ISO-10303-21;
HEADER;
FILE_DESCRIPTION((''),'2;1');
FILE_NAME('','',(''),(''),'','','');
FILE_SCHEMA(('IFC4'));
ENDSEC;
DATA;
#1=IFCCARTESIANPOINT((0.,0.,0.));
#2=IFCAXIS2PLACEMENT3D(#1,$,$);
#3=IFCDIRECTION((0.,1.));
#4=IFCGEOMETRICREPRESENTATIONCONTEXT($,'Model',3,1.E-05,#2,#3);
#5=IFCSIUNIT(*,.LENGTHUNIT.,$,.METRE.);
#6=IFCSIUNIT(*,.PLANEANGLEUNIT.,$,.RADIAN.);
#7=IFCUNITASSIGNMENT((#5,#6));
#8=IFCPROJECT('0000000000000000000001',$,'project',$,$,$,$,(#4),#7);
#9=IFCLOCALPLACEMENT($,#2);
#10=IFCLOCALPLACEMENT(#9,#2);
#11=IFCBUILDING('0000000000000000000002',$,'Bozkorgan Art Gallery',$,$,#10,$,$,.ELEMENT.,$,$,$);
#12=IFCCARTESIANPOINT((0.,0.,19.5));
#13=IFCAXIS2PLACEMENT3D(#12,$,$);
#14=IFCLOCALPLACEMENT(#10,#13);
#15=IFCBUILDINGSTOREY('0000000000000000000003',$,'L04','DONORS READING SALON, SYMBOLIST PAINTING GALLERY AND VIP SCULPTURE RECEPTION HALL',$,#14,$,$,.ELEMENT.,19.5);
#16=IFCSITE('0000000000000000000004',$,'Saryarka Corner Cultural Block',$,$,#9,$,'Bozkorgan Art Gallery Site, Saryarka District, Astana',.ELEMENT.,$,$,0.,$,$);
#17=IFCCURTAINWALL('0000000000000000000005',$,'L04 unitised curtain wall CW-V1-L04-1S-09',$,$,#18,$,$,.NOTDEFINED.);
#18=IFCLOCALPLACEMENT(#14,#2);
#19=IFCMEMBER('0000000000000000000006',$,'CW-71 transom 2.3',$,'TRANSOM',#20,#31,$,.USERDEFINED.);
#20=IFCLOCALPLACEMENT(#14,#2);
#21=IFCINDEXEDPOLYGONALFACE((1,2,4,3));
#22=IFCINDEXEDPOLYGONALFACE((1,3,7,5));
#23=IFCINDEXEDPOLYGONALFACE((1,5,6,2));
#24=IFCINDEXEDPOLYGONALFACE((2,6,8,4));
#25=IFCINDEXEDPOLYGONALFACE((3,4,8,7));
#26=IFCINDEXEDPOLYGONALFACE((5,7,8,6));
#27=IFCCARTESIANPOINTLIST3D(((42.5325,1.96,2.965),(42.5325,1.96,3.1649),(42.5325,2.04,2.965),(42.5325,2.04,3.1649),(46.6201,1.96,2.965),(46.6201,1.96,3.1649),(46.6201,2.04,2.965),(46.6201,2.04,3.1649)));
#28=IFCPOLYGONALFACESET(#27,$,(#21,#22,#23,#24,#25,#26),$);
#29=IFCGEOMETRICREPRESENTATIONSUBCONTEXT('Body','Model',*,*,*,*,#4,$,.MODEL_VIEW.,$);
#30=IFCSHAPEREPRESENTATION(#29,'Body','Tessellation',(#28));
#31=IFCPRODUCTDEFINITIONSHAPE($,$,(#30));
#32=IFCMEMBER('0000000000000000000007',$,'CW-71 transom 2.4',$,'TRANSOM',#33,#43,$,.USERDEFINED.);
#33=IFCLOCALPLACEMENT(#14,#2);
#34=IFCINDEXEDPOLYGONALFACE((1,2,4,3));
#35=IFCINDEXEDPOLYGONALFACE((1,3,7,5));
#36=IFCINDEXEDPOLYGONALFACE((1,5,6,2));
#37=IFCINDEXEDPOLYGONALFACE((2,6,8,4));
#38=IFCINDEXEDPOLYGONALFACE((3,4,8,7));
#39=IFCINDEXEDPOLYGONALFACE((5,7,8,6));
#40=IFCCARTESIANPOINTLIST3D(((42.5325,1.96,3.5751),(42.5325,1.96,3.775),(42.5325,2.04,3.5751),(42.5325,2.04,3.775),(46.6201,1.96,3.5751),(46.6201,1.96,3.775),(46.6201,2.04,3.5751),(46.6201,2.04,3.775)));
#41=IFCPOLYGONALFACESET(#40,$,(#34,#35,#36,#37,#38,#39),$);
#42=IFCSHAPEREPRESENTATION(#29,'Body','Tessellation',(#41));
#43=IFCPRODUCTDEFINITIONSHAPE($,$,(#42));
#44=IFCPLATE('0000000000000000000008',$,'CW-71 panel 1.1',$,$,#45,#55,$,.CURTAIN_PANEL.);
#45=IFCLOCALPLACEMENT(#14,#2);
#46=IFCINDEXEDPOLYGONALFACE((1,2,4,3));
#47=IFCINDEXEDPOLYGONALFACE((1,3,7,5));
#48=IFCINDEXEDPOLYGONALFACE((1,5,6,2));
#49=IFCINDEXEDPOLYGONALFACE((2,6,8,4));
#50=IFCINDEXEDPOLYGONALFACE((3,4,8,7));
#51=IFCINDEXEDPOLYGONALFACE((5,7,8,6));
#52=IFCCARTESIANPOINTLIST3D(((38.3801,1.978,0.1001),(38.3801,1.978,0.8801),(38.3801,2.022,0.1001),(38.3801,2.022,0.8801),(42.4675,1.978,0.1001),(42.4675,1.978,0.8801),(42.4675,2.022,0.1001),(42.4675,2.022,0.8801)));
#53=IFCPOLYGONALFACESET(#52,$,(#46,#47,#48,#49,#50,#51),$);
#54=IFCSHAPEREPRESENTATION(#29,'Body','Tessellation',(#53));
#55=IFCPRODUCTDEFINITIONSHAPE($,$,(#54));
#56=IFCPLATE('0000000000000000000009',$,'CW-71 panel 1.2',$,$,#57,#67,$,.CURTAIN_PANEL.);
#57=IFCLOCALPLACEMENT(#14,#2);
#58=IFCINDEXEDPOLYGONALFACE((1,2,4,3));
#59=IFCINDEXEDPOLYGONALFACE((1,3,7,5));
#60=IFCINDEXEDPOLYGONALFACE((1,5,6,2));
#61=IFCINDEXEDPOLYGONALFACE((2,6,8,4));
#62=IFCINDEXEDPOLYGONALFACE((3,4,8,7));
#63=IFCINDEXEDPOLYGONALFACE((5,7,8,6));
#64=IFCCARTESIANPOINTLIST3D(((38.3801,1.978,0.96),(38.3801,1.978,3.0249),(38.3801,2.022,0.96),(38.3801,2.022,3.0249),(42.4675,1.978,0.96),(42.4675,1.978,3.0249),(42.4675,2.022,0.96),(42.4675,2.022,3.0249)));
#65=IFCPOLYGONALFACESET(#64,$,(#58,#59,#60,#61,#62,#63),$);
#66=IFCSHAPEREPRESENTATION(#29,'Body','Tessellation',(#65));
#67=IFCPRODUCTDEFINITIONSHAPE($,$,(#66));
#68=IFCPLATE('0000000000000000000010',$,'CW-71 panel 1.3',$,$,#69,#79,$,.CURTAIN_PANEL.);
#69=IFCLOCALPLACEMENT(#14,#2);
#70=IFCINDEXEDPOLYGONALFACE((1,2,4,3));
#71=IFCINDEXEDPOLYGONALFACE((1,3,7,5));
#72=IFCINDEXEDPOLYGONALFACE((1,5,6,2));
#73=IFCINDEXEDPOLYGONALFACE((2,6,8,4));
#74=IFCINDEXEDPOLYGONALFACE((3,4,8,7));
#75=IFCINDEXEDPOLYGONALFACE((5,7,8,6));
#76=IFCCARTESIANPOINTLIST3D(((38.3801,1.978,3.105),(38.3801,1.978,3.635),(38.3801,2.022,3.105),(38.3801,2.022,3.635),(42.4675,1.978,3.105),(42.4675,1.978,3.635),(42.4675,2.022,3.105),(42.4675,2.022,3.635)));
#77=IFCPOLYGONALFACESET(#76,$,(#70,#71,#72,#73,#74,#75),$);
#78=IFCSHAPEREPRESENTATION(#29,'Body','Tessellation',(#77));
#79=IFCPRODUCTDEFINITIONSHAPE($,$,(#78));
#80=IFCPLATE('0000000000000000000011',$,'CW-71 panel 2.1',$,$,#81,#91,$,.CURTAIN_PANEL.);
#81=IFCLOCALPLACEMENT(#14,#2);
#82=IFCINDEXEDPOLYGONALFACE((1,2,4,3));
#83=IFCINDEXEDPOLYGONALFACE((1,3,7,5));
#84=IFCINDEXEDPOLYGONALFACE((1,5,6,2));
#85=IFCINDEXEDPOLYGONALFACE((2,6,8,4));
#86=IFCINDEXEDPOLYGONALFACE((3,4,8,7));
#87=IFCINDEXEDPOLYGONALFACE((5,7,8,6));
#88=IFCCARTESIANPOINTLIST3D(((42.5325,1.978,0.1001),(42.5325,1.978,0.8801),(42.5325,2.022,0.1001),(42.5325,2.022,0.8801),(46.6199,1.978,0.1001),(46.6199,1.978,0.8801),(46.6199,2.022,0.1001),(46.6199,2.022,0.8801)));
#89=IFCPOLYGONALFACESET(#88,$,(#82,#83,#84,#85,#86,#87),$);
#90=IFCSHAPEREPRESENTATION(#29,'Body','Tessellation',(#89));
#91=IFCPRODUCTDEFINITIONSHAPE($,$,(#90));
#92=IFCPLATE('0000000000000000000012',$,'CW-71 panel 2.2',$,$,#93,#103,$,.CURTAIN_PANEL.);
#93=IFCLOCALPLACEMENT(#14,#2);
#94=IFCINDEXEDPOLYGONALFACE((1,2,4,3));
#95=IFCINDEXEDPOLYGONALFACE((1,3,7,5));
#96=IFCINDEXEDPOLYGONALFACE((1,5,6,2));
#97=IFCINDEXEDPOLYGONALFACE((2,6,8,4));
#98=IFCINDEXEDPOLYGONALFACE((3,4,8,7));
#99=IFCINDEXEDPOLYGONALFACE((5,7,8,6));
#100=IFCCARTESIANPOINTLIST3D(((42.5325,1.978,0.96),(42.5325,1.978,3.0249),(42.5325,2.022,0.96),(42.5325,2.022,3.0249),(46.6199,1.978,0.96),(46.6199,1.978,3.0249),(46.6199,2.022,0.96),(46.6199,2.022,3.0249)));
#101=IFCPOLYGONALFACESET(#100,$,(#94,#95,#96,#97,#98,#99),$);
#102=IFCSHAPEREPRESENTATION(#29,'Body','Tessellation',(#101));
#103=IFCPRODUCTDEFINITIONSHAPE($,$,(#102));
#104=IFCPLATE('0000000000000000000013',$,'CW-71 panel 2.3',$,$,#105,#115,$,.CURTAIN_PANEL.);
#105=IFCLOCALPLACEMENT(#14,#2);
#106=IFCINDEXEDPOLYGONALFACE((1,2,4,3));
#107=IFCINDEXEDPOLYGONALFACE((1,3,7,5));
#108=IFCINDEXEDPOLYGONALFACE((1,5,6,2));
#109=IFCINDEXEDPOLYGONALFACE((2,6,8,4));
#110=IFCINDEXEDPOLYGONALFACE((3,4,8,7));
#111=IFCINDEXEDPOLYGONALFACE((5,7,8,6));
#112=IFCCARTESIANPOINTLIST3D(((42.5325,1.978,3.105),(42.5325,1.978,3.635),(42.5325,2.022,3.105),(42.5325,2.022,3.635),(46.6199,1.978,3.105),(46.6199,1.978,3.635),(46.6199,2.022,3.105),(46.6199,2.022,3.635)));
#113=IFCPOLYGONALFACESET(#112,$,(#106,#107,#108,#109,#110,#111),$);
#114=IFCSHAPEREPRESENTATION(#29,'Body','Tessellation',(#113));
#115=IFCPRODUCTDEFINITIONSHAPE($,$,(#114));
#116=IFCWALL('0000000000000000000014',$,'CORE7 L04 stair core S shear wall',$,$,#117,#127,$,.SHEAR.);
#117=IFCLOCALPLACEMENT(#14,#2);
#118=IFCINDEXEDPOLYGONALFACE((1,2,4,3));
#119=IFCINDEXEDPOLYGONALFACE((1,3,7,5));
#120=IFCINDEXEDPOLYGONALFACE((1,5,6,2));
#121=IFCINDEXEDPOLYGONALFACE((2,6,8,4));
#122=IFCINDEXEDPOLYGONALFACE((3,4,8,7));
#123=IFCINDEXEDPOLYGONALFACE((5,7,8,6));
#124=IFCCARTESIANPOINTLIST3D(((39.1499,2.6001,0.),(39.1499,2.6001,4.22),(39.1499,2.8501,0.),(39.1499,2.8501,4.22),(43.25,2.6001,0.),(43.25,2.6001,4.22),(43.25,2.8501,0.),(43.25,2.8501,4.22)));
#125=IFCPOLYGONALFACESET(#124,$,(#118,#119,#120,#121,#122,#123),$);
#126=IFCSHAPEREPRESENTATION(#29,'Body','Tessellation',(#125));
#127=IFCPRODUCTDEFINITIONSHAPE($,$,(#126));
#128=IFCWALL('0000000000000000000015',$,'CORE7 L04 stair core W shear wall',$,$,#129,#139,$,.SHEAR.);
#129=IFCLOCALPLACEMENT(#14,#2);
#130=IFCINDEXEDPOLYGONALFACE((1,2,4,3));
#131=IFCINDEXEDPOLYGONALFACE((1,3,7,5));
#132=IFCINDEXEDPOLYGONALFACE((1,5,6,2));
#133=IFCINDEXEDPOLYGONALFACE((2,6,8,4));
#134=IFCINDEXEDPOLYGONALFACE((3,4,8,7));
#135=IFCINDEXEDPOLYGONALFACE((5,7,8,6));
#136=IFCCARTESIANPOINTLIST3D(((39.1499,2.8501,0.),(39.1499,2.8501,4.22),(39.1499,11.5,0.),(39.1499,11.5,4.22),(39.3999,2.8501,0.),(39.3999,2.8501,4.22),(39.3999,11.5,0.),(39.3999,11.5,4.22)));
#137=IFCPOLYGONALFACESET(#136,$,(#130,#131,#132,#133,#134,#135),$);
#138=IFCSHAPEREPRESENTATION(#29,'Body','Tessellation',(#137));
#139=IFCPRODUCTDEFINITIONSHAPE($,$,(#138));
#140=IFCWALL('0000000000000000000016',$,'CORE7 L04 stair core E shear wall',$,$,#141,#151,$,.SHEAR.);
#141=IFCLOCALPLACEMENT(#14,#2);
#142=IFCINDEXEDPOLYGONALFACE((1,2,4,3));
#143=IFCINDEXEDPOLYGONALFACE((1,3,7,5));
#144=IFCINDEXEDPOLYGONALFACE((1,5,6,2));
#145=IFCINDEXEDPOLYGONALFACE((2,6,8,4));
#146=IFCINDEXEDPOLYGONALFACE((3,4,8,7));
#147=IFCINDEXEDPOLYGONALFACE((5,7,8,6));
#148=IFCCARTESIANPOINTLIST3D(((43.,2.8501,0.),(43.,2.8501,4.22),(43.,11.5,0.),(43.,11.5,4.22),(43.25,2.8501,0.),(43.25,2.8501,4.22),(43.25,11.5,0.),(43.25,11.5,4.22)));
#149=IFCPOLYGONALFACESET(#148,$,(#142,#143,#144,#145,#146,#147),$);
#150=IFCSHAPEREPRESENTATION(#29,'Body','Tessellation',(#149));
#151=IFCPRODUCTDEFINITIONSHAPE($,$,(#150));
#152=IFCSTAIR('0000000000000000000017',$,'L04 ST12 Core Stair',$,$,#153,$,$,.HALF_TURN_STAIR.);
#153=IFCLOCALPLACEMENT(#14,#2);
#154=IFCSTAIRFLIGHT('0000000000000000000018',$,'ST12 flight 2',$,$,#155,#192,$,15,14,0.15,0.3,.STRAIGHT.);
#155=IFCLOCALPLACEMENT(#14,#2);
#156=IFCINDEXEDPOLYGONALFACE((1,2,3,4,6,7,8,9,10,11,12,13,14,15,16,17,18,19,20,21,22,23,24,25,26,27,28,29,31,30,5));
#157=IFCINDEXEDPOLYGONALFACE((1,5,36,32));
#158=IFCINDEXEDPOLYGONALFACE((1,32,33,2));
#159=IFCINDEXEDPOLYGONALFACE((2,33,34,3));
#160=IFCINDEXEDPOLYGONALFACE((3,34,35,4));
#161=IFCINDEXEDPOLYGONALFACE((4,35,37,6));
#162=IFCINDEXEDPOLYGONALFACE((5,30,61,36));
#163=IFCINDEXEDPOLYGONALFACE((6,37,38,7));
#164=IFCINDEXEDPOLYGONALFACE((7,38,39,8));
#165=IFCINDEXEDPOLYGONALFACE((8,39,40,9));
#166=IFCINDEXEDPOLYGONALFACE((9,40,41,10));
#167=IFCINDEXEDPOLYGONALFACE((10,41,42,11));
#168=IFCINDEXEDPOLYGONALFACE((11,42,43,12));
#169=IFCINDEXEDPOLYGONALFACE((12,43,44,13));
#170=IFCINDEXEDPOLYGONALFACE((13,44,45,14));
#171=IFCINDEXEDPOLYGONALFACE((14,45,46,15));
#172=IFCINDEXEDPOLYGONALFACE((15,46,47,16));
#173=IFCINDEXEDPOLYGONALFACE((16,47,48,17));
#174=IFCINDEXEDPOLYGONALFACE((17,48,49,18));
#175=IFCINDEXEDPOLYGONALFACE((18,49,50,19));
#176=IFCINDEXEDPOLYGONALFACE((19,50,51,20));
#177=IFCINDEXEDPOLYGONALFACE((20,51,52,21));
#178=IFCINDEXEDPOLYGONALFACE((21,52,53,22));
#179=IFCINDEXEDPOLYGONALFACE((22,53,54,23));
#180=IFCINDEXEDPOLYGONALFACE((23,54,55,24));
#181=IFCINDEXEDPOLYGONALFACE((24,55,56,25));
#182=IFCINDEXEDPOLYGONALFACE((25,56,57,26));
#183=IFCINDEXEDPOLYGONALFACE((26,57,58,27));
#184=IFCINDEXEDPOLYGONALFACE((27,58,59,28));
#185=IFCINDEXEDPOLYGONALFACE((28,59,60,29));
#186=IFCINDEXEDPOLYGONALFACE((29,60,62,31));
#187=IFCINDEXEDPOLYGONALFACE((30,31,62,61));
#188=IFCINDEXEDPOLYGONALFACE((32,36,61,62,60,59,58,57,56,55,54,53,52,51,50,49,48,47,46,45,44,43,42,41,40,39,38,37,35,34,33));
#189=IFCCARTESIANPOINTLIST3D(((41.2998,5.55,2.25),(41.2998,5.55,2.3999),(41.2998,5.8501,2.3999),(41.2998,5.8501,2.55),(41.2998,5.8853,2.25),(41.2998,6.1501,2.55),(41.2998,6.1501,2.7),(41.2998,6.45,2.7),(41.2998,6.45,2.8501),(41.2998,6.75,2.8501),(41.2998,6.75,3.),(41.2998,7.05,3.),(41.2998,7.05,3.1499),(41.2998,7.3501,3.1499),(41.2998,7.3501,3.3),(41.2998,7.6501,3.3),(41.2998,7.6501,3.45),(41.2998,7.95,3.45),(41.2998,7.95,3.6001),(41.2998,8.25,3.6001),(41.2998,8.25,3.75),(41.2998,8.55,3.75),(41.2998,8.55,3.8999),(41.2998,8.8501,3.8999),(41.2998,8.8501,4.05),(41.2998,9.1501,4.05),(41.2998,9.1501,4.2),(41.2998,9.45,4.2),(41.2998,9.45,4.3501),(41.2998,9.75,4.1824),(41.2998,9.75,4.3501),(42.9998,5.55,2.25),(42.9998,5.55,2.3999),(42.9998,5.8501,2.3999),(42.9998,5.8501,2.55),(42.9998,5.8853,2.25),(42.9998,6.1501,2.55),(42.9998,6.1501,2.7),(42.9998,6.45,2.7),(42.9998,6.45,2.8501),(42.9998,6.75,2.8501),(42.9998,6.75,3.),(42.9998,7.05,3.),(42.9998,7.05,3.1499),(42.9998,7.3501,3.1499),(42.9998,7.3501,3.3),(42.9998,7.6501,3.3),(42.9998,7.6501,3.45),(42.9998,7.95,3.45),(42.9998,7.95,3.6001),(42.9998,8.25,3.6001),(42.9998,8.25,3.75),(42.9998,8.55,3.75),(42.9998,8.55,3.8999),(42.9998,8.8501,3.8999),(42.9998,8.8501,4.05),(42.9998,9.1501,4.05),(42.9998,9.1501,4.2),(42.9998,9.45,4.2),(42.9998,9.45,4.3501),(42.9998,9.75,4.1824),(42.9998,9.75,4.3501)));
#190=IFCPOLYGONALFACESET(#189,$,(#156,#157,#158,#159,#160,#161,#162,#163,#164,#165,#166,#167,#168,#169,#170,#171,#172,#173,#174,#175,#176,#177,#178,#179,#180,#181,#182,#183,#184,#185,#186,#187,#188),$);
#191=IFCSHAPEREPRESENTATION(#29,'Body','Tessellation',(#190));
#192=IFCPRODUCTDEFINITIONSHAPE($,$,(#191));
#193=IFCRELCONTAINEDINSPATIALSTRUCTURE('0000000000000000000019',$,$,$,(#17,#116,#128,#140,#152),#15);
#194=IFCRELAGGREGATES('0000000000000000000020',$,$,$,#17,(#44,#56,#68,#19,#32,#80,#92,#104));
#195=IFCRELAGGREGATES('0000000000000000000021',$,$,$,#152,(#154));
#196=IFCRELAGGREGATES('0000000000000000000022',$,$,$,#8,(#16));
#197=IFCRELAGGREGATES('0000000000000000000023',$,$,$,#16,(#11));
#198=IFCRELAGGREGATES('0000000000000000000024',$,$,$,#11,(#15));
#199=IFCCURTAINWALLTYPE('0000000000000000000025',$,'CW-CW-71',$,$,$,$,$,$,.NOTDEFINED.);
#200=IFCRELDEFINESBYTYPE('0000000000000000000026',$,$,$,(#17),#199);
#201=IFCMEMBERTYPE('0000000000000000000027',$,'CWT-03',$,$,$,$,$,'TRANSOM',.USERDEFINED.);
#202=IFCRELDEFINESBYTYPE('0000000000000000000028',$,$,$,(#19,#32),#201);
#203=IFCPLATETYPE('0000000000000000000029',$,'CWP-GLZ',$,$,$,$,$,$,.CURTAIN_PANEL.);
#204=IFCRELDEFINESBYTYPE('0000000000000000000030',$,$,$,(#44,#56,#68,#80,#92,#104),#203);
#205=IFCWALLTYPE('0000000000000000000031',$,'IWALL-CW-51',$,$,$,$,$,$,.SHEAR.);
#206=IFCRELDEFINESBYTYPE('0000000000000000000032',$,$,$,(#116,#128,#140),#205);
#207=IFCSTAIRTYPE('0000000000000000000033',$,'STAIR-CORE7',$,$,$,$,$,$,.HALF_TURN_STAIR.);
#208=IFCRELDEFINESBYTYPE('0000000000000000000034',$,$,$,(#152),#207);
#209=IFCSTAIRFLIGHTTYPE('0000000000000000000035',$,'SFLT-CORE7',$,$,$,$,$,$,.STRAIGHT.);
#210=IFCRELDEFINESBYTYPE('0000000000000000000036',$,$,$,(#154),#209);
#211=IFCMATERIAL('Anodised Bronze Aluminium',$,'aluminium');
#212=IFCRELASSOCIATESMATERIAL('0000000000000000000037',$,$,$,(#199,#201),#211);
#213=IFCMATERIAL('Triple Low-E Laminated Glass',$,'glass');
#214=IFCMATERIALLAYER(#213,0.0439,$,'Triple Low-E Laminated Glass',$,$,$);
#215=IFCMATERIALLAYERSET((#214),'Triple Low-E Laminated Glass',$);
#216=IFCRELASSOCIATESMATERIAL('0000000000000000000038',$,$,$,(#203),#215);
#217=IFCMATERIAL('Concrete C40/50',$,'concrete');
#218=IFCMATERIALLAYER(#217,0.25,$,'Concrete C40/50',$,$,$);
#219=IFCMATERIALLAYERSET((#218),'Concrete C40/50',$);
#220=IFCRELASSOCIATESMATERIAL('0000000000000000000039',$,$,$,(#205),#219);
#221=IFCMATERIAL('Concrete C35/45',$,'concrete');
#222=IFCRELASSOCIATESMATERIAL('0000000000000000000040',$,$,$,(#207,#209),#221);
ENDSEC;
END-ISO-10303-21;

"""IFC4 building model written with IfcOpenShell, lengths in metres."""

from ifc_helpers import new_model, si_unit, direction, frame, frame_2d, origin, origin_2d, place, context, subcontext, project, spatial, polyline, rectangle, outline, extrude, material, layer, layer_set, material_profile, profile_set, type_object, element, aggregate, save


model = new_model("IFC4")

# Units and contexts
model_context = context("Model", 3, precision=1e-05, world=origin(), true_north=direction((0.0, 1.0)))
body_context = subcontext(model_context, "Body", "Model", "MODEL_VIEW")
ifc_project = project(units=[si_unit("LENGTHUNIT", "METRE"), si_unit("PLANEANGLEUNIT", "RADIAN")], contexts=[model_context])

# Site, building, storey
site_placement = place(None, origin())
site = spatial("IfcSite", under=ifc_project, at=site_placement, Name="Saryarka Corner Cultural Block", LongName="Bozkorgan Art Gallery Site, Saryarka District, Astana", CompositionType="ELEMENT", RefElevation=0.0)
building_placement = place(site_placement, origin())
building = spatial("IfcBuilding", under=site, at=building_placement, Name="Bozkorgan Art Gallery", CompositionType="ELEMENT")
storey_placement = place(building_placement, frame((0.0, 0.0, 19.5)))
storey = spatial("IfcBuildingStorey", under=building, at=storey_placement, Name="L04", Description="DONORS READING SALON, SYMBOLIST PAINTING GALLERY AND VIP SCULPTURE RECEPTION HALL", CompositionType="ELEMENT", Elevation=19.5)

# Shared definitions
ifc_material_1 = material(Name="Concrete C40/50", Category="concrete")

# Curtain wall, members, plates
ifc_material_2 = material(Name="Anodised Bronze Aluminium", Category="aluminium")
curtain_wall_type = type_object("IfcCurtainWallType", Name="CW-CW-71", PredefinedType="NOTDEFINED", material=ifc_material_2)
curtain_wall_placement = place(storey_placement, origin())
curtain_wall = element("IfcCurtainWall", 1, at=curtain_wall_placement, inside=storey, type_object=curtain_wall_type, Name="L04 unitised curtain wall CW-V1-L04-1S-09", PredefinedType="NOTDEFINED")
ifc_material_profile_1 = material_profile(ifc_material_2, rectangle(XDim=0.0801, YDim=0.2, at=origin_2d()), Name="ALU TRANSOM 80x200")
ifc_profile_set_1 = profile_set([ifc_material_profile_1], Name="Anodised Bronze Aluminium")
member_type_1 = type_object("IfcMemberType", Name="CWT-03", ElementType="TRANSOM", PredefinedType="USERDEFINED", material=ifc_profile_set_1)
member_1_placement = place(storey_placement, frame((42.5325, 2.0, 3.0649), z_axis=(1.0, 0.0, 0.0), x_axis=(0.0, 1.0, 0.0)))
member_1 = element("IfcMember", 2, at=member_1_placement, type_object=member_type_1, Name="CW-71 transom 2.3", ObjectType="TRANSOM", PredefinedType="USERDEFINED", context=body_context, shape_type="SweptSolid", body=[
    extrude(rectangle(XDim=0.0801, YDim=0.2, at=origin_2d()), origin(), (0.0, 0.0, 1.0), 4.0876),
])
member_2_placement = place(storey_placement, frame((42.5325, 2.0, 3.675), z_axis=(1.0, 0.0, 0.0), x_axis=(0.0, 1.0, 0.0)))
member_2 = element("IfcMember", 3, at=member_2_placement, type_object=member_type_1, Name="CW-71 transom 2.4", ObjectType="TRANSOM", PredefinedType="USERDEFINED", context=body_context, shape_type="SweptSolid", body=[
    extrude(rectangle(XDim=0.0801, YDim=0.2, at=origin_2d()), origin(), (0.0, 0.0, 1.0), 4.0876),
])
ifc_material_3 = material(Name="Triple Low-E Laminated Glass", Category="glass")
ifc_layer_1 = layer(ifc_material_3, 0.0439, Name="Triple Low-E Laminated Glass")
ifc_layer_set_1 = layer_set([ifc_layer_1], Name="Triple Low-E Laminated Glass")
plate_type = type_object("IfcPlateType", Name="CWP-GLZ", PredefinedType="CURTAIN_PANEL", material=ifc_layer_set_1)
plate_1_placement = place(storey_placement, frame((40.4238, 2.0, 0.1001), z_axis=(0.0, 0.0, 1.0), x_axis=(1.0, 0.0, 0.0)))
plate_1 = element("IfcPlate", 4, at=plate_1_placement, type_object=plate_type, Name="CW-71 panel 1.1", PredefinedType="CURTAIN_PANEL", context=body_context, shape_type="SweptSolid", body=[
    extrude(rectangle(XDim=4.0874, YDim=0.0439, at=origin_2d()), origin(), (0.0, 0.0, 1.0), 0.78),
])
plate_2_placement = place(storey_placement, frame((40.4238, 2.0, 0.96), z_axis=(0.0, 0.0, 1.0), x_axis=(1.0, 0.0, 0.0)))
plate_2 = element("IfcPlate", 5, at=plate_2_placement, type_object=plate_type, Name="CW-71 panel 1.2", PredefinedType="CURTAIN_PANEL", context=body_context, shape_type="SweptSolid", body=[
    extrude(rectangle(XDim=4.0874, YDim=0.0439, at=origin_2d()), origin(), (0.0, 0.0, 1.0), 2.0649),
])
plate_3_placement = place(storey_placement, frame((40.4238, 2.0, 3.105), z_axis=(0.0, 0.0, 1.0), x_axis=(1.0, 0.0, 0.0)))
plate_3 = element("IfcPlate", 6, at=plate_3_placement, type_object=plate_type, Name="CW-71 panel 1.3", PredefinedType="CURTAIN_PANEL", context=body_context, shape_type="SweptSolid", body=[
    extrude(rectangle(XDim=4.0874, YDim=0.0439, at=origin_2d()), origin(), (0.0, 0.0, 1.0), 0.53),
])
plate_4_placement = place(storey_placement, frame((44.5762, 2.0, 0.1001), z_axis=(0.0, 0.0, 1.0), x_axis=(1.0, 0.0, 0.0)))
plate_4 = element("IfcPlate", 7, at=plate_4_placement, type_object=plate_type, Name="CW-71 panel 2.1", PredefinedType="CURTAIN_PANEL", context=body_context, shape_type="SweptSolid", body=[
    extrude(rectangle(XDim=4.0874, YDim=0.0439, at=origin_2d()), origin(), (0.0, 0.0, 1.0), 0.78),
])
plate_5_placement = place(storey_placement, frame((44.5762, 2.0, 0.96), z_axis=(0.0, 0.0, 1.0), x_axis=(1.0, 0.0, 0.0)))
plate_5 = element("IfcPlate", 8, at=plate_5_placement, type_object=plate_type, Name="CW-71 panel 2.2", PredefinedType="CURTAIN_PANEL", context=body_context, shape_type="SweptSolid", body=[
    extrude(rectangle(XDim=4.0874, YDim=0.0439, at=origin_2d()), origin(), (0.0, 0.0, 1.0), 2.0649),
])
plate_6_placement = place(storey_placement, frame((44.5762, 2.0, 3.105), z_axis=(0.0, 0.0, 1.0), x_axis=(1.0, 0.0, 0.0)))
plate_6 = element("IfcPlate", 9, at=plate_6_placement, type_object=plate_type, Name="CW-71 panel 2.3", PredefinedType="CURTAIN_PANEL", context=body_context, shape_type="SweptSolid", body=[
    extrude(rectangle(XDim=4.0874, YDim=0.0439, at=origin_2d()), origin(), (0.0, 0.0, 1.0), 0.53),
])
aggregate(curtain_wall, [plate_1, plate_2, plate_3, member_1, member_2, plate_4, plate_5, plate_6])

# Walls
ifc_layer_2 = layer(ifc_material_1, 0.25, Name="Concrete C40/50")
ifc_layer_set_2 = layer_set([ifc_layer_2], Name="Concrete C40/50")
wall_type = type_object("IfcWallType", Name="IWALL-CW-51", PredefinedType="SHEAR", material=ifc_layer_set_2)
wall_placement = place(storey_placement, frame((39.1499, 2.7251, 0.0), z_axis=(0.0, 0.0, 1.0), x_axis=(1.0, 0.0, 0.0)))
element("IfcWall", 10, at=wall_placement, inside=storey, type_object=wall_type, Name="CORE7 L04 stair core S shear wall", PredefinedType="SHEAR", context=body_context, shape_type="SweptSolid", body=[
    extrude(rectangle(XDim=4.1001, YDim=0.25, at=frame_2d((2.05, 0.0))), origin(), (0.0, 0.0, 1.0), 4.22),
])
for number, where, z_axis, x_axis, name in (
    (11, (39.2749, 2.8501, 0.0), (0.0, 0.0, 1.0), (0.0, 1.0, 0.0), "CORE7 L04 stair core W shear wall"),
    (12, (43.125, 2.8501, 0.0), (0.0, 0.0, 1.0), (0.0, 1.0, 0.0), "CORE7 L04 stair core E shear wall"),
):
    element("IfcWall", number, at=place(storey_placement, frame(where, z_axis=z_axis, x_axis=x_axis)), inside=storey, type_object=wall_type, Name=name, PredefinedType="SHEAR", context=body_context, shape_type="SweptSolid", body=[
        extrude(rectangle(XDim=8.6499, YDim=0.25, at=frame_2d((4.325, 0.0))), origin(), (0.0, 0.0, 1.0), 4.22),
    ])

# Stair, stair flight
ifc_material_4 = material(Name="Concrete C35/45", Category="concrete")
stair_type = type_object("IfcStairType", Name="STAIR-CORE7", PredefinedType="HALF_TURN_STAIR", material=ifc_material_4)
stair_placement = place(storey_placement, origin())
stair = element("IfcStair", 13, at=stair_placement, inside=storey, type_object=stair_type, Name="L04 ST12 Core Stair", PredefinedType="HALF_TURN_STAIR")
stair_flight_type = type_object("IfcStairFlightType", Name="SFLT-CORE7", PredefinedType="STRAIGHT", material=ifc_material_4)
stair_flight_placement = place(storey_placement, frame((42.1499, 5.55, 2.25), z_axis=(0.0, 0.0, 1.0), x_axis=(0.0, 1.0, 0.0)))
stair_flight = element("IfcStairFlight", 14, at=stair_flight_placement, type_object=stair_flight_type, Name="ST12 flight 2", NumberOfRisers=15, NumberOfTreads=14, PredefinedType="STRAIGHT", RiserHeight=0.15, TreadLength=0.3, context=body_context, shape_type="SweptSolid", body=[
    extrude(outline(polyline([(0.0, 0.0), (0.0, 0.1499), (0.3, 0.1499), (0.3, 0.3), (0.6001, 0.3), (0.6001, 0.45), (0.8999, 0.45), (0.8999, 0.6001), (1.2, 0.6001), (1.2, 0.75), (1.5, 0.75), (1.5, 0.8999), (1.8, 0.8999), (1.8, 1.05), (2.1001, 1.05), (2.1001, 1.2), (2.3999, 1.2), (2.3999, 1.3501), (2.7, 1.3501), (2.7, 1.5), (3.0, 1.5), (3.0, 1.6499), (3.3, 1.6499), (3.3, 1.8), (3.6001, 1.8), (3.6001, 1.95), (3.8999, 1.95), (3.8999, 2.1001), (4.2, 2.1001), (4.2, 2.25), (4.2, 1.9324), (0.3352, 0.0), (0.0, 0.0)])), frame((0.0, 0.8501, 0.0), z_axis=(0.0, -1.0, 0.0), x_axis=(1.0, 0.0, 0.0)), (0.0, 0.0, 1.0), 1.7),
])
aggregate(stair, [stair_flight])

save(model, "model.ifc")
